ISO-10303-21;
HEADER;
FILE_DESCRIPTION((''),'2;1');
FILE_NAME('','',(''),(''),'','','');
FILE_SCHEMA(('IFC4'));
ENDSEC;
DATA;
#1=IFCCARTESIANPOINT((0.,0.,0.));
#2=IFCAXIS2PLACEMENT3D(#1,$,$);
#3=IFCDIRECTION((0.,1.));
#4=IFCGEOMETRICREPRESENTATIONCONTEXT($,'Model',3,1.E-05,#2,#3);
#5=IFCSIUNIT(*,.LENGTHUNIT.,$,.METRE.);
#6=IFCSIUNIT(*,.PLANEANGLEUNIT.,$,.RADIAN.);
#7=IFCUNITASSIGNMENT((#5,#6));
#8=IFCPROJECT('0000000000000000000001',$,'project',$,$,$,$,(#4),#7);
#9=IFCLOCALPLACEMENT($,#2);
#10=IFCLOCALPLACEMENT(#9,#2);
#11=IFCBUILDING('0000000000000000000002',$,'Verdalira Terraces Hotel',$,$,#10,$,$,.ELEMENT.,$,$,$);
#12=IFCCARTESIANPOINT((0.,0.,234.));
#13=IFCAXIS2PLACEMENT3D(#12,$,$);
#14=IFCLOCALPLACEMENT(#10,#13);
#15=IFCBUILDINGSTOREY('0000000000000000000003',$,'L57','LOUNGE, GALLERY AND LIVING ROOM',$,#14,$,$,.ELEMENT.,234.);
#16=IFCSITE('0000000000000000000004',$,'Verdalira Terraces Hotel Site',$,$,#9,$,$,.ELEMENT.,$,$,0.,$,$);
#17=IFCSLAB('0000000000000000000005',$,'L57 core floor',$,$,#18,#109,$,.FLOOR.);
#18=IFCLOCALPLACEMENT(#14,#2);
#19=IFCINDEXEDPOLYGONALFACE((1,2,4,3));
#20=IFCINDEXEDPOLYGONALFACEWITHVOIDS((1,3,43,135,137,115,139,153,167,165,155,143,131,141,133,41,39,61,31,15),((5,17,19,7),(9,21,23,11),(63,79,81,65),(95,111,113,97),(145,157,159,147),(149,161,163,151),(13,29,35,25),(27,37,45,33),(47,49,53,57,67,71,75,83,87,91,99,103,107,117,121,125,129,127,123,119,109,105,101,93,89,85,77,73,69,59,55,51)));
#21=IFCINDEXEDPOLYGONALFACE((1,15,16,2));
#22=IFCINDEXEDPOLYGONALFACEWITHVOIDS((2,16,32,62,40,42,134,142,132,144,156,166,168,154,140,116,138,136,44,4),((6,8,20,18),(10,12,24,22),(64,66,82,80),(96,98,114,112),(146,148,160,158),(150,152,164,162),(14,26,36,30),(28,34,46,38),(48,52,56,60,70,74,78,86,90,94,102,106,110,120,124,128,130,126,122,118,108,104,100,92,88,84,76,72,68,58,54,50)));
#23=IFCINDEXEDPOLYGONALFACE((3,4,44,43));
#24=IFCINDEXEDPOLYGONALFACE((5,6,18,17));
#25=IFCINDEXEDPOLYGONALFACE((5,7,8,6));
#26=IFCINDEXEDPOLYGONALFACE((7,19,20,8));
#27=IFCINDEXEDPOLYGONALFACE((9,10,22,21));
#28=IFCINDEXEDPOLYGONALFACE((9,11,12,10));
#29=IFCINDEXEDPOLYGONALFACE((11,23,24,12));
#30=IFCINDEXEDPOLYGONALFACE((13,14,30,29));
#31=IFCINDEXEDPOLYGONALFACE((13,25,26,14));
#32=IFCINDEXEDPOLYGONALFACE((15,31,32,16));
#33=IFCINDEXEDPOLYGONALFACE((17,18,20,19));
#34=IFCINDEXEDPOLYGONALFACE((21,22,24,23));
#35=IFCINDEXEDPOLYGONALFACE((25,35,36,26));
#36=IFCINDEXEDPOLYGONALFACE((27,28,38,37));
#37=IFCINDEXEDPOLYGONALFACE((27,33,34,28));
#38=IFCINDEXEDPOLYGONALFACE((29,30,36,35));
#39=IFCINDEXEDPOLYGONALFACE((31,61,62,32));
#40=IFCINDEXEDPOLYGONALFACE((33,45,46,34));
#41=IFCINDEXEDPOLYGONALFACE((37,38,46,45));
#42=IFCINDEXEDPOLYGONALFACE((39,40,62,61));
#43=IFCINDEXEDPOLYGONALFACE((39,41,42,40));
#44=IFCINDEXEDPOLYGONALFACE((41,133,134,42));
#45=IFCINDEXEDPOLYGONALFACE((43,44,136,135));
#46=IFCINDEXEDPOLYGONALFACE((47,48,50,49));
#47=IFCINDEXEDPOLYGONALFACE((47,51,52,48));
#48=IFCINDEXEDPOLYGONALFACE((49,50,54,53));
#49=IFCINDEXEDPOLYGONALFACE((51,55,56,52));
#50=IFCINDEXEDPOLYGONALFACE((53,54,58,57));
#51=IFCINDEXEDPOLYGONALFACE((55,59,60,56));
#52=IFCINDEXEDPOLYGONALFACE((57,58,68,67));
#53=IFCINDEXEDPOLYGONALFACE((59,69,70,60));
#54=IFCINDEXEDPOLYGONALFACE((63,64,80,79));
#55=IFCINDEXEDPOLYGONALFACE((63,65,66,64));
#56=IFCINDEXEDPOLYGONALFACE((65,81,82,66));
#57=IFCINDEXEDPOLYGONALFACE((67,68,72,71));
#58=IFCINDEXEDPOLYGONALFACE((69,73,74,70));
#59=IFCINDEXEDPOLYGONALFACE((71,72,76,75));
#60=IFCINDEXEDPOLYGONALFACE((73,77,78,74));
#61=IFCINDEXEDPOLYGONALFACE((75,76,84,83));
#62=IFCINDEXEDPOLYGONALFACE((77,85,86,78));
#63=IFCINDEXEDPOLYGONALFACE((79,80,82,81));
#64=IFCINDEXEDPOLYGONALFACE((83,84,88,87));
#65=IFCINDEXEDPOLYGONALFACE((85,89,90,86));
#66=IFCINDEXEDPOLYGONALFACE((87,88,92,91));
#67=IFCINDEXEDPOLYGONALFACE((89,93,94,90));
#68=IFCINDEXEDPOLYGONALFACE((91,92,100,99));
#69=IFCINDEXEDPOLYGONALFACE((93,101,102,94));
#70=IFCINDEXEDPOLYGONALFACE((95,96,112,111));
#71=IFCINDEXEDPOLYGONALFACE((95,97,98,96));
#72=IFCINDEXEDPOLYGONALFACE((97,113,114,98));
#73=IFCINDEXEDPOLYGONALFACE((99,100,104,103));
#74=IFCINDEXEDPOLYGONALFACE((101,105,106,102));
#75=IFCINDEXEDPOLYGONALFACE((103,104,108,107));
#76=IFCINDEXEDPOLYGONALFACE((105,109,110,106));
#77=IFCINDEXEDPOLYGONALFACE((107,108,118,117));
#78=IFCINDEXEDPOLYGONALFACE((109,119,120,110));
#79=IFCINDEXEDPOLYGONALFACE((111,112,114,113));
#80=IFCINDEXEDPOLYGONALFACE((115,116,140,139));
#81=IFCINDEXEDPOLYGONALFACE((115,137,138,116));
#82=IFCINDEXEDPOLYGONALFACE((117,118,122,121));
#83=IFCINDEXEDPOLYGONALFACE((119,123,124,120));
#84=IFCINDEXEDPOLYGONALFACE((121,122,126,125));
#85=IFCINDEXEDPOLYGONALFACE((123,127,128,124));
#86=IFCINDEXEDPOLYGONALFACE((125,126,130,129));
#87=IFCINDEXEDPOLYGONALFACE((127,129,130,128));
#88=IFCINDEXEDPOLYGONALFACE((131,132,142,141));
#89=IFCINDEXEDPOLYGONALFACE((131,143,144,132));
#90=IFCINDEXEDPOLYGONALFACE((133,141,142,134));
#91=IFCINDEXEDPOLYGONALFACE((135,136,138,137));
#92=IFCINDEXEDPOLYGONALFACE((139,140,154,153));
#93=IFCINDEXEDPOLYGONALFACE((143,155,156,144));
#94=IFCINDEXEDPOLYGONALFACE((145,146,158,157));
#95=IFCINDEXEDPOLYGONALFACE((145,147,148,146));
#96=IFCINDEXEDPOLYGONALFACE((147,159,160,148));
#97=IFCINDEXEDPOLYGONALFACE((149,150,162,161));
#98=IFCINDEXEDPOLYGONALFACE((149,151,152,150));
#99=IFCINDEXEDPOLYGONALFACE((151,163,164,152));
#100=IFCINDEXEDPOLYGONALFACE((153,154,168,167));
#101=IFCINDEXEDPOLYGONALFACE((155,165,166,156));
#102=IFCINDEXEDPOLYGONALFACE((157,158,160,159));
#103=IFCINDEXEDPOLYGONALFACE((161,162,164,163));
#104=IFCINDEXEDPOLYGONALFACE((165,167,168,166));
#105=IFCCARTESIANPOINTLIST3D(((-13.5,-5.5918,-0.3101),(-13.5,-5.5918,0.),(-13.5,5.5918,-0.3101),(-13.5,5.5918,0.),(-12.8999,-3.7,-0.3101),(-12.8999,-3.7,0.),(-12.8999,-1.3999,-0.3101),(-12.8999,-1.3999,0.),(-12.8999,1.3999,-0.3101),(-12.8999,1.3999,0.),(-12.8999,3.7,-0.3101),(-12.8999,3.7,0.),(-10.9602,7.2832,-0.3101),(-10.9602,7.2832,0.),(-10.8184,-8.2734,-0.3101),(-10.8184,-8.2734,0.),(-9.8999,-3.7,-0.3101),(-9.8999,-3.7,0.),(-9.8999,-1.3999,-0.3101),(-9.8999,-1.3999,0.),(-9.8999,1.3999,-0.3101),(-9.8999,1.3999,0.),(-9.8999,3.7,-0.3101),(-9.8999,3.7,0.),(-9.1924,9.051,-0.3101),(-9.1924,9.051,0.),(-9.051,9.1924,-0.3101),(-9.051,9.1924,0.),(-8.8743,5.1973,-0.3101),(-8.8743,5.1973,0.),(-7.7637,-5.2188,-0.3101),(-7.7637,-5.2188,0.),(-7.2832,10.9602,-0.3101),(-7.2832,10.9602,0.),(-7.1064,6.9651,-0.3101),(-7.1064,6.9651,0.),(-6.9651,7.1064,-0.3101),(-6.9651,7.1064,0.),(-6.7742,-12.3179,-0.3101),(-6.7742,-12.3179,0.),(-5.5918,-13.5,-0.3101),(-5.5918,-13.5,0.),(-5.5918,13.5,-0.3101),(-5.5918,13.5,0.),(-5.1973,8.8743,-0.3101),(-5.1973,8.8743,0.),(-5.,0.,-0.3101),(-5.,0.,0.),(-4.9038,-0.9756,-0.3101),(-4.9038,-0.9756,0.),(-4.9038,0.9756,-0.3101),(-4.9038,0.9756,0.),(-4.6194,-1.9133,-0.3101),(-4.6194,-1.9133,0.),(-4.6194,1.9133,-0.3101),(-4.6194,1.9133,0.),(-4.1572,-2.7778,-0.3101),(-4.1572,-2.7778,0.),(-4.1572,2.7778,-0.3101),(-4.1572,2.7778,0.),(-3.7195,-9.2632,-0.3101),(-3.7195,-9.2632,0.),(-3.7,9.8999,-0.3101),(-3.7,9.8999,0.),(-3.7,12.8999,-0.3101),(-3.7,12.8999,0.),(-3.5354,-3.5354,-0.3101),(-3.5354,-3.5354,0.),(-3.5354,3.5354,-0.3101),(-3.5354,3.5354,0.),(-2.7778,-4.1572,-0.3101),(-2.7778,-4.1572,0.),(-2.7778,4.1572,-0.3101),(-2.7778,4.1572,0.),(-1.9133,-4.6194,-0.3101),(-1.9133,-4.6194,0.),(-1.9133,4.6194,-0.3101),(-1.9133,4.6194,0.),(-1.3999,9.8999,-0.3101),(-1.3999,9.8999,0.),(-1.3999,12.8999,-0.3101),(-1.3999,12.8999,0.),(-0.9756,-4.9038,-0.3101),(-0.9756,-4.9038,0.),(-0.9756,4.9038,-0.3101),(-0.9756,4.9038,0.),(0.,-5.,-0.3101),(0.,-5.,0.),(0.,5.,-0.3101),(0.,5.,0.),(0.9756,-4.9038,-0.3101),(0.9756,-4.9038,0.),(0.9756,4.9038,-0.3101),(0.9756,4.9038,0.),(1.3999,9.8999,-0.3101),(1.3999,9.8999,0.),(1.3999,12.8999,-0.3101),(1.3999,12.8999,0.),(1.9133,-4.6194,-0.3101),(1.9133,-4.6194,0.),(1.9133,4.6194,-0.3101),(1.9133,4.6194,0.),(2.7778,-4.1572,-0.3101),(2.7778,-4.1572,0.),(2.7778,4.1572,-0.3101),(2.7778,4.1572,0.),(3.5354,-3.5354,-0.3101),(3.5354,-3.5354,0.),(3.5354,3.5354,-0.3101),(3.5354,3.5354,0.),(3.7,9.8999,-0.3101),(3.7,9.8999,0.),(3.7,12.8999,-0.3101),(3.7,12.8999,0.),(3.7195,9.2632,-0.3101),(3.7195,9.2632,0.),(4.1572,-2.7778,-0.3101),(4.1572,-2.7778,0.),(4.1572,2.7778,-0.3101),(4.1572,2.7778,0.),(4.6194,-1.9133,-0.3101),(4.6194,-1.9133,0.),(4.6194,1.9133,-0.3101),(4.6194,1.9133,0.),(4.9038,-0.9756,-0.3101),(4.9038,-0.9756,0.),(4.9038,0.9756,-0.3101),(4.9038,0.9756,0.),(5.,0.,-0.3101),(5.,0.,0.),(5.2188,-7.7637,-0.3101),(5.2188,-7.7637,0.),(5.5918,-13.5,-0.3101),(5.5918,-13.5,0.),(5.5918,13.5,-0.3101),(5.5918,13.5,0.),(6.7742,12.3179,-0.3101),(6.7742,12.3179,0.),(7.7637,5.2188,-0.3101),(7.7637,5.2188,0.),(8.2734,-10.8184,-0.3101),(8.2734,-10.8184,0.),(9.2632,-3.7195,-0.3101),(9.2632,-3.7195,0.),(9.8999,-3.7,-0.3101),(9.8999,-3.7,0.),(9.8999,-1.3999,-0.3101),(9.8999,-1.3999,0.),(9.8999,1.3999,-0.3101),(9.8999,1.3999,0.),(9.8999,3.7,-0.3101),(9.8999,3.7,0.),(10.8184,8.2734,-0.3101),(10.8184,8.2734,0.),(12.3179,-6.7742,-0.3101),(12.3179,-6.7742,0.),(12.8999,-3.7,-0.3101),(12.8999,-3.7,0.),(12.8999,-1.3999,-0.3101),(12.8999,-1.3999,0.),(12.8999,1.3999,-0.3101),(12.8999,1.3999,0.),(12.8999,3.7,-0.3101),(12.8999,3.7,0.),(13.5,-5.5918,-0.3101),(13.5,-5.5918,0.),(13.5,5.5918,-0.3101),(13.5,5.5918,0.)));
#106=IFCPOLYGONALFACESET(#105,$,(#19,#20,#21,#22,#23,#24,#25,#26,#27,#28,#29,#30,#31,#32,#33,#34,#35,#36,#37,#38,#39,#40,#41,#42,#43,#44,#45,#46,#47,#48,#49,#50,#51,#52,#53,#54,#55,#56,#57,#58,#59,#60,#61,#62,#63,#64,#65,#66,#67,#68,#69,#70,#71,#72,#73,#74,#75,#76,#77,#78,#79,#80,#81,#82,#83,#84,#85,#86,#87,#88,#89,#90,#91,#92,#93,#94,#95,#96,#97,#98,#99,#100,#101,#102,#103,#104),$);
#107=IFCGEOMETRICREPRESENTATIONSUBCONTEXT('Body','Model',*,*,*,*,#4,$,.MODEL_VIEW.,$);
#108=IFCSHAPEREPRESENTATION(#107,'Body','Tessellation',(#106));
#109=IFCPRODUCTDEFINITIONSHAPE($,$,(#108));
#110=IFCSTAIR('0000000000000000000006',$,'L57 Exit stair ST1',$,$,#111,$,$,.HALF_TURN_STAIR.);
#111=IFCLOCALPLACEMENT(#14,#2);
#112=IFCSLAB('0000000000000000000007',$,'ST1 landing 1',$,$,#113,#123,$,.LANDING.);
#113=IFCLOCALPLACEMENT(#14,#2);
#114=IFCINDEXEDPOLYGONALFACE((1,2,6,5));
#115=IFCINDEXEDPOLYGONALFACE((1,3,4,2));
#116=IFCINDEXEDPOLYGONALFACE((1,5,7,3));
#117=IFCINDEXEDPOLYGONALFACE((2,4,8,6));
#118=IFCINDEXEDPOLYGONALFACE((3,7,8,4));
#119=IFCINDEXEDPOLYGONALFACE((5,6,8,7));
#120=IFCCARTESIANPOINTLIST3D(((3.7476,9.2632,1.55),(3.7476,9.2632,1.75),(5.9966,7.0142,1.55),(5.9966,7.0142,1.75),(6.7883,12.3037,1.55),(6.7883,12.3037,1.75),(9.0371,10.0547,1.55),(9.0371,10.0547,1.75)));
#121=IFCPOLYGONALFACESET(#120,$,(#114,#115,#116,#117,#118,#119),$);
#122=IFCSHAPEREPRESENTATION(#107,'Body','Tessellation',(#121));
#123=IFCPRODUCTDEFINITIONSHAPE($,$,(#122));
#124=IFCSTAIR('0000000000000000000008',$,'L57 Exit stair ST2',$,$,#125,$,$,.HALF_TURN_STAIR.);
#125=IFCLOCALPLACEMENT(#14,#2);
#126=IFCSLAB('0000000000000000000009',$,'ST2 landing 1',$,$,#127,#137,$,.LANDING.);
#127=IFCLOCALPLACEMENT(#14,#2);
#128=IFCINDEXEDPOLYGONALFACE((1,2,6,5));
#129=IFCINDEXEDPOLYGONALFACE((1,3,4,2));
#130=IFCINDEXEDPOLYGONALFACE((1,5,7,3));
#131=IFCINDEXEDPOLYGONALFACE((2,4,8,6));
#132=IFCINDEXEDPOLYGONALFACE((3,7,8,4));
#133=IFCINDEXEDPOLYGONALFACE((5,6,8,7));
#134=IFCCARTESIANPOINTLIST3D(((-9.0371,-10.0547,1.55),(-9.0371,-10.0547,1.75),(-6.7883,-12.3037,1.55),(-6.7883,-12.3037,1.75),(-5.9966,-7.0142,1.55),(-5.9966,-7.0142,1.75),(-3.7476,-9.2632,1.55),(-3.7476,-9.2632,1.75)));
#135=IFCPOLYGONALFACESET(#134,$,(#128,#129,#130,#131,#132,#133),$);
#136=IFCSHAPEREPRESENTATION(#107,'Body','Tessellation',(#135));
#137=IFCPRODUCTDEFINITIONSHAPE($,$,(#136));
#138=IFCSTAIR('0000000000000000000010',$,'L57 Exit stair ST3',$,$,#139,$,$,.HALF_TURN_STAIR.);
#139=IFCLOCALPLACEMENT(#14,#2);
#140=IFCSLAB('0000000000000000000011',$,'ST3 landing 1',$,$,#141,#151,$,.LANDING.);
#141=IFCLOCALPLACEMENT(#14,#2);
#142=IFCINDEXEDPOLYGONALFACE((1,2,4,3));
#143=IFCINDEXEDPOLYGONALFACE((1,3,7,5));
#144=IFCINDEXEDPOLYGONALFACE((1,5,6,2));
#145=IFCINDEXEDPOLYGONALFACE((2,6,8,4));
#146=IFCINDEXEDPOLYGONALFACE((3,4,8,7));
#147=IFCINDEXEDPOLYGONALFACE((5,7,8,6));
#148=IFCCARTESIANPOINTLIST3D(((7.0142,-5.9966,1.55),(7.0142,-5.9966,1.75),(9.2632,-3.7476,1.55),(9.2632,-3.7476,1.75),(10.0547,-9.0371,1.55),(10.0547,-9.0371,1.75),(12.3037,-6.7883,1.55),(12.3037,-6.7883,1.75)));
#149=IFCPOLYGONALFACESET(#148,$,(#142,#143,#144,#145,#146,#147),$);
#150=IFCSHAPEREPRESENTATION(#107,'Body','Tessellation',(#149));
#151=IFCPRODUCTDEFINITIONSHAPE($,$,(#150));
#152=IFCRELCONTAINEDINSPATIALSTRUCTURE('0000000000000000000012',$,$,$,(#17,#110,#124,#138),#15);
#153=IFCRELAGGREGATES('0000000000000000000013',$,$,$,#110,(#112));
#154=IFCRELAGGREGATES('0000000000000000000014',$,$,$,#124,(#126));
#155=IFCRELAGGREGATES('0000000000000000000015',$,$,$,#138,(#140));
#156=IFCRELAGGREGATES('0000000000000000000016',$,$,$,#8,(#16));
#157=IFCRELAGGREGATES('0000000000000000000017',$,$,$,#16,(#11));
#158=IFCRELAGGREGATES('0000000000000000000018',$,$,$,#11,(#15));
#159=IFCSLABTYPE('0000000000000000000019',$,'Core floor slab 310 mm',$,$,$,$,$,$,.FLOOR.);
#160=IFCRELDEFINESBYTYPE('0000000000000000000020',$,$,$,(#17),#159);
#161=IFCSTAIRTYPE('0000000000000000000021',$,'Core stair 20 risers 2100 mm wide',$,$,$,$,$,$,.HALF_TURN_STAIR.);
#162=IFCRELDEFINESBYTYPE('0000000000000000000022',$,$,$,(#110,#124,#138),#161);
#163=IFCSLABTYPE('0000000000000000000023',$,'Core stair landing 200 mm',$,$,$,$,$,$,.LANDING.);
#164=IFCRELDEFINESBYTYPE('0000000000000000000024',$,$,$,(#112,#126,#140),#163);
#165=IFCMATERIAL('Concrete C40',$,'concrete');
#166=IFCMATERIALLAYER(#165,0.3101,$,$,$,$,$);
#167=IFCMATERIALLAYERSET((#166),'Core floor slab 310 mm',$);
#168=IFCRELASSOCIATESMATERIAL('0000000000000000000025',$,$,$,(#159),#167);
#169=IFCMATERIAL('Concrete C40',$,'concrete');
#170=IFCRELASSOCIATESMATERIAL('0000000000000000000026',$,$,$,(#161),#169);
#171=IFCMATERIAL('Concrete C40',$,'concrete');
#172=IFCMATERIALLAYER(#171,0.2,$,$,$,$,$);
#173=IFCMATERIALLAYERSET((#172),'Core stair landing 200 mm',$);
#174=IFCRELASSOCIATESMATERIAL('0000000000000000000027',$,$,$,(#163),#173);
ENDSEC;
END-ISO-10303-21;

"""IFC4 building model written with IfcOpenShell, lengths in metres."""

from ifc_helpers import new_model, si_unit, direction, frame, origin, place, context, subcontext, project, spatial, polyline, outline, extrude, material, layer, layer_set, type_object, element, aggregate, save


model = new_model("IFC4")

# Units and contexts
model_context = context("Model", 3, precision=1e-05, world=origin(), true_north=direction((0.0, 1.0)))
body_context = subcontext(model_context, "Body", "Model", "MODEL_VIEW")
ifc_project = project(units=[si_unit("LENGTHUNIT", "METRE"), si_unit("PLANEANGLEUNIT", "RADIAN")], contexts=[model_context])

# Site, building, storey
site_placement = place(None, origin())
site = spatial("IfcSite", under=ifc_project, at=site_placement, Name="Verdalira Terraces Hotel Site", CompositionType="ELEMENT", RefElevation=0.0)
building_placement = place(site_placement, origin())
building = spatial("IfcBuilding", under=site, at=building_placement, Name="Verdalira Terraces Hotel", CompositionType="ELEMENT")
storey_placement = place(building_placement, frame((0.0, 0.0, 234.0)))
storey = spatial("IfcBuildingStorey", under=building, at=storey_placement, Name="L57", Description="LOUNGE, GALLERY AND LIVING ROOM", CompositionType="ELEMENT", Elevation=234.0)

# Slab
ifc_material_1 = material(Name="Concrete C40", Category="concrete")
ifc_layer_1 = layer(ifc_material_1, 0.3101)
ifc_layer_set_1 = layer_set([ifc_layer_1], Name="Core floor slab 310 mm")
slab_type_1 = type_object("IfcSlabType", Name="Core floor slab 310 mm", PredefinedType="FLOOR", material=ifc_layer_set_1)
slab_1_placement = place(storey_placement, frame((0.0, 0.0, -0.3101)))
element("IfcSlab", 1, at=slab_1_placement, inside=storey, type_object=slab_type_1, Name="L57 core floor", PredefinedType="FLOOR", context=body_context, shape_type="SweptSolid", body=[
    extrude(outline(polyline([(-6.7742, -12.3179), (-3.7195, -9.2632), (-7.7637, -5.2188), (-10.8184, -8.2734), (-13.5, -5.5918), (-13.5, 5.5918), (-5.5918, 13.5), (5.5918, 13.5), (6.7742, 12.3179), (3.7195, 9.2632), (7.7637, 5.2188), (10.8184, 8.2734), (13.5, 5.5918), (13.5, -5.5918), (12.3179, -6.7742), (9.2632, -3.7195), (5.2188, -7.7637), (8.2734, -10.8184), (5.5918, -13.5), (-5.5918, -13.5), (-6.7742, -12.3179)]), holes=[polyline([(9.8999, -1.3999), (9.8999, -3.7), (12.8999, -3.7), (12.8999, -1.3999), (9.8999, -1.3999)]), polyline([(9.8999, 3.7), (9.8999, 1.3999), (12.8999, 1.3999), (12.8999, 3.7), (9.8999, 3.7)]), polyline([(3.7, 12.8999), (1.3999, 12.8999), (1.3999, 9.8999), (3.7, 9.8999), (3.7, 12.8999)]), polyline([(-1.3999, 12.8999), (-3.7, 12.8999), (-3.7, 9.8999), (-1.3999, 9.8999), (-1.3999, 12.8999)]), polyline([(-9.8999, 1.3999), (-9.8999, 3.7), (-12.8999, 3.7), (-12.8999, 1.3999), (-9.8999, 1.3999)]), polyline([(-9.8999, -3.7), (-9.8999, -1.3999), (-12.8999, -1.3999), (-12.8999, -3.7), (-9.8999, -3.7)]), polyline([(-9.051, 9.1924), (-6.9651, 7.1064), (-5.1973, 8.8743), (-7.2832, 10.9602), (-9.051, 9.1924)]), polyline([(-9.1924, 9.051), (-10.9602, 7.2832), (-8.8743, 5.1973), (-7.1064, 6.9651), (-9.1924, 9.051)]), polyline([(3.5354, 3.5354), (2.7778, 4.1572), (1.9133, 4.6194), (0.9756, 4.9038), (0.0, 5.0), (-0.9756, 4.9038), (-1.9133, 4.6194), (-2.7778, 4.1572), (-3.5354, 3.5354), (-4.1572, 2.7778), (-4.6194, 1.9133), (-4.9038, 0.9756), (-5.0, 0.0), (-4.9038, -0.9756), (-4.6194, -1.9133), (-4.1572, -2.7778), (-3.5354, -3.5354), (-2.7778, -4.1572), (-1.9133, -4.6194), (-0.9756, -4.9038), (0.0, -5.0), (0.9756, -4.9038), (1.9133, -4.6194), (2.7778, -4.1572), (3.5354, -3.5354), (4.1572, -2.7778), (4.6194, -1.9133), (4.9038, -0.9756), (5.0, 0.0), (4.9038, 0.9756), (4.6194, 1.9133), (4.1572, 2.7778), (3.5354, 3.5354)])]), origin(), (0.0, 0.0, 1.0), 0.3101),
])

# Stairs, slabs
ifc_material_2 = material(Name="Concrete C40", Category="concrete")
stair_type = type_object("IfcStairType", Name="Core stair 20 risers 2100 mm wide", PredefinedType="HALF_TURN_STAIR", material=ifc_material_2)
stair_1_placement = place(storey_placement, origin())
stair_1 = element("IfcStair", 2, at=stair_1_placement, inside=storey, type_object=stair_type, Name="L57 Exit stair ST1", PredefinedType="HALF_TURN_STAIR")
ifc_material_3 = material(Name="Concrete C40", Category="concrete")
ifc_layer_2 = layer(ifc_material_3, 0.2)
ifc_layer_set_2 = layer_set([ifc_layer_2], Name="Core stair landing 200 mm")
slab_type_2 = type_object("IfcSlabType", Name="Core stair landing 200 mm", PredefinedType="LANDING", material=ifc_layer_set_2)
slab_2_placement = place(storey_placement, frame((0.0, 0.0, 1.55)))
slab_2 = element("IfcSlab", 3, at=slab_2_placement, type_object=slab_type_2, Name="ST1 landing 1", PredefinedType="LANDING", context=body_context, shape_type="SweptSolid", body=[
    extrude(outline(polyline([(9.0371, 10.0547), (6.7883, 12.3037), (3.7476, 9.2632), (5.9966, 7.0142), (9.0371, 10.0547)])), origin(), (0.0, 0.0, 1.0), 0.2),
])
aggregate(stair_1, [slab_2])
stair_2_placement = place(storey_placement, origin())
stair_2 = element("IfcStair", 4, at=stair_2_placement, inside=storey, type_object=stair_type, Name="L57 Exit stair ST2", PredefinedType="HALF_TURN_STAIR")
slab_3_placement = place(storey_placement, frame((0.0, 0.0, 1.55)))
slab_3 = element("IfcSlab", 5, at=slab_3_placement, type_object=slab_type_2, Name="ST2 landing 1", PredefinedType="LANDING", context=body_context, shape_type="SweptSolid", body=[
    extrude(outline(polyline([(-9.0371, -10.0547), (-6.7883, -12.3037), (-3.7476, -9.2632), (-5.9966, -7.0142), (-9.0371, -10.0547)])), origin(), (0.0, 0.0, 1.0), 0.2),
])
aggregate(stair_2, [slab_3])
stair_3_placement = place(storey_placement, origin())
stair_3 = element("IfcStair", 6, at=stair_3_placement, inside=storey, type_object=stair_type, Name="L57 Exit stair ST3", PredefinedType="HALF_TURN_STAIR")
slab_4_placement = place(storey_placement, frame((0.0, 0.0, 1.55)))
slab_4 = element("IfcSlab", 7, at=slab_4_placement, type_object=slab_type_2, Name="ST3 landing 1", PredefinedType="LANDING", context=body_context, shape_type="SweptSolid", body=[
    extrude(outline(polyline([(10.0547, -9.0371), (12.3037, -6.7883), (9.2632, -3.7476), (7.0142, -5.9966), (10.0547, -9.0371)])), origin(), (0.0, 0.0, 1.0), 0.2),
])
aggregate(stair_3, [slab_4])

save(model, "model.ifc")
